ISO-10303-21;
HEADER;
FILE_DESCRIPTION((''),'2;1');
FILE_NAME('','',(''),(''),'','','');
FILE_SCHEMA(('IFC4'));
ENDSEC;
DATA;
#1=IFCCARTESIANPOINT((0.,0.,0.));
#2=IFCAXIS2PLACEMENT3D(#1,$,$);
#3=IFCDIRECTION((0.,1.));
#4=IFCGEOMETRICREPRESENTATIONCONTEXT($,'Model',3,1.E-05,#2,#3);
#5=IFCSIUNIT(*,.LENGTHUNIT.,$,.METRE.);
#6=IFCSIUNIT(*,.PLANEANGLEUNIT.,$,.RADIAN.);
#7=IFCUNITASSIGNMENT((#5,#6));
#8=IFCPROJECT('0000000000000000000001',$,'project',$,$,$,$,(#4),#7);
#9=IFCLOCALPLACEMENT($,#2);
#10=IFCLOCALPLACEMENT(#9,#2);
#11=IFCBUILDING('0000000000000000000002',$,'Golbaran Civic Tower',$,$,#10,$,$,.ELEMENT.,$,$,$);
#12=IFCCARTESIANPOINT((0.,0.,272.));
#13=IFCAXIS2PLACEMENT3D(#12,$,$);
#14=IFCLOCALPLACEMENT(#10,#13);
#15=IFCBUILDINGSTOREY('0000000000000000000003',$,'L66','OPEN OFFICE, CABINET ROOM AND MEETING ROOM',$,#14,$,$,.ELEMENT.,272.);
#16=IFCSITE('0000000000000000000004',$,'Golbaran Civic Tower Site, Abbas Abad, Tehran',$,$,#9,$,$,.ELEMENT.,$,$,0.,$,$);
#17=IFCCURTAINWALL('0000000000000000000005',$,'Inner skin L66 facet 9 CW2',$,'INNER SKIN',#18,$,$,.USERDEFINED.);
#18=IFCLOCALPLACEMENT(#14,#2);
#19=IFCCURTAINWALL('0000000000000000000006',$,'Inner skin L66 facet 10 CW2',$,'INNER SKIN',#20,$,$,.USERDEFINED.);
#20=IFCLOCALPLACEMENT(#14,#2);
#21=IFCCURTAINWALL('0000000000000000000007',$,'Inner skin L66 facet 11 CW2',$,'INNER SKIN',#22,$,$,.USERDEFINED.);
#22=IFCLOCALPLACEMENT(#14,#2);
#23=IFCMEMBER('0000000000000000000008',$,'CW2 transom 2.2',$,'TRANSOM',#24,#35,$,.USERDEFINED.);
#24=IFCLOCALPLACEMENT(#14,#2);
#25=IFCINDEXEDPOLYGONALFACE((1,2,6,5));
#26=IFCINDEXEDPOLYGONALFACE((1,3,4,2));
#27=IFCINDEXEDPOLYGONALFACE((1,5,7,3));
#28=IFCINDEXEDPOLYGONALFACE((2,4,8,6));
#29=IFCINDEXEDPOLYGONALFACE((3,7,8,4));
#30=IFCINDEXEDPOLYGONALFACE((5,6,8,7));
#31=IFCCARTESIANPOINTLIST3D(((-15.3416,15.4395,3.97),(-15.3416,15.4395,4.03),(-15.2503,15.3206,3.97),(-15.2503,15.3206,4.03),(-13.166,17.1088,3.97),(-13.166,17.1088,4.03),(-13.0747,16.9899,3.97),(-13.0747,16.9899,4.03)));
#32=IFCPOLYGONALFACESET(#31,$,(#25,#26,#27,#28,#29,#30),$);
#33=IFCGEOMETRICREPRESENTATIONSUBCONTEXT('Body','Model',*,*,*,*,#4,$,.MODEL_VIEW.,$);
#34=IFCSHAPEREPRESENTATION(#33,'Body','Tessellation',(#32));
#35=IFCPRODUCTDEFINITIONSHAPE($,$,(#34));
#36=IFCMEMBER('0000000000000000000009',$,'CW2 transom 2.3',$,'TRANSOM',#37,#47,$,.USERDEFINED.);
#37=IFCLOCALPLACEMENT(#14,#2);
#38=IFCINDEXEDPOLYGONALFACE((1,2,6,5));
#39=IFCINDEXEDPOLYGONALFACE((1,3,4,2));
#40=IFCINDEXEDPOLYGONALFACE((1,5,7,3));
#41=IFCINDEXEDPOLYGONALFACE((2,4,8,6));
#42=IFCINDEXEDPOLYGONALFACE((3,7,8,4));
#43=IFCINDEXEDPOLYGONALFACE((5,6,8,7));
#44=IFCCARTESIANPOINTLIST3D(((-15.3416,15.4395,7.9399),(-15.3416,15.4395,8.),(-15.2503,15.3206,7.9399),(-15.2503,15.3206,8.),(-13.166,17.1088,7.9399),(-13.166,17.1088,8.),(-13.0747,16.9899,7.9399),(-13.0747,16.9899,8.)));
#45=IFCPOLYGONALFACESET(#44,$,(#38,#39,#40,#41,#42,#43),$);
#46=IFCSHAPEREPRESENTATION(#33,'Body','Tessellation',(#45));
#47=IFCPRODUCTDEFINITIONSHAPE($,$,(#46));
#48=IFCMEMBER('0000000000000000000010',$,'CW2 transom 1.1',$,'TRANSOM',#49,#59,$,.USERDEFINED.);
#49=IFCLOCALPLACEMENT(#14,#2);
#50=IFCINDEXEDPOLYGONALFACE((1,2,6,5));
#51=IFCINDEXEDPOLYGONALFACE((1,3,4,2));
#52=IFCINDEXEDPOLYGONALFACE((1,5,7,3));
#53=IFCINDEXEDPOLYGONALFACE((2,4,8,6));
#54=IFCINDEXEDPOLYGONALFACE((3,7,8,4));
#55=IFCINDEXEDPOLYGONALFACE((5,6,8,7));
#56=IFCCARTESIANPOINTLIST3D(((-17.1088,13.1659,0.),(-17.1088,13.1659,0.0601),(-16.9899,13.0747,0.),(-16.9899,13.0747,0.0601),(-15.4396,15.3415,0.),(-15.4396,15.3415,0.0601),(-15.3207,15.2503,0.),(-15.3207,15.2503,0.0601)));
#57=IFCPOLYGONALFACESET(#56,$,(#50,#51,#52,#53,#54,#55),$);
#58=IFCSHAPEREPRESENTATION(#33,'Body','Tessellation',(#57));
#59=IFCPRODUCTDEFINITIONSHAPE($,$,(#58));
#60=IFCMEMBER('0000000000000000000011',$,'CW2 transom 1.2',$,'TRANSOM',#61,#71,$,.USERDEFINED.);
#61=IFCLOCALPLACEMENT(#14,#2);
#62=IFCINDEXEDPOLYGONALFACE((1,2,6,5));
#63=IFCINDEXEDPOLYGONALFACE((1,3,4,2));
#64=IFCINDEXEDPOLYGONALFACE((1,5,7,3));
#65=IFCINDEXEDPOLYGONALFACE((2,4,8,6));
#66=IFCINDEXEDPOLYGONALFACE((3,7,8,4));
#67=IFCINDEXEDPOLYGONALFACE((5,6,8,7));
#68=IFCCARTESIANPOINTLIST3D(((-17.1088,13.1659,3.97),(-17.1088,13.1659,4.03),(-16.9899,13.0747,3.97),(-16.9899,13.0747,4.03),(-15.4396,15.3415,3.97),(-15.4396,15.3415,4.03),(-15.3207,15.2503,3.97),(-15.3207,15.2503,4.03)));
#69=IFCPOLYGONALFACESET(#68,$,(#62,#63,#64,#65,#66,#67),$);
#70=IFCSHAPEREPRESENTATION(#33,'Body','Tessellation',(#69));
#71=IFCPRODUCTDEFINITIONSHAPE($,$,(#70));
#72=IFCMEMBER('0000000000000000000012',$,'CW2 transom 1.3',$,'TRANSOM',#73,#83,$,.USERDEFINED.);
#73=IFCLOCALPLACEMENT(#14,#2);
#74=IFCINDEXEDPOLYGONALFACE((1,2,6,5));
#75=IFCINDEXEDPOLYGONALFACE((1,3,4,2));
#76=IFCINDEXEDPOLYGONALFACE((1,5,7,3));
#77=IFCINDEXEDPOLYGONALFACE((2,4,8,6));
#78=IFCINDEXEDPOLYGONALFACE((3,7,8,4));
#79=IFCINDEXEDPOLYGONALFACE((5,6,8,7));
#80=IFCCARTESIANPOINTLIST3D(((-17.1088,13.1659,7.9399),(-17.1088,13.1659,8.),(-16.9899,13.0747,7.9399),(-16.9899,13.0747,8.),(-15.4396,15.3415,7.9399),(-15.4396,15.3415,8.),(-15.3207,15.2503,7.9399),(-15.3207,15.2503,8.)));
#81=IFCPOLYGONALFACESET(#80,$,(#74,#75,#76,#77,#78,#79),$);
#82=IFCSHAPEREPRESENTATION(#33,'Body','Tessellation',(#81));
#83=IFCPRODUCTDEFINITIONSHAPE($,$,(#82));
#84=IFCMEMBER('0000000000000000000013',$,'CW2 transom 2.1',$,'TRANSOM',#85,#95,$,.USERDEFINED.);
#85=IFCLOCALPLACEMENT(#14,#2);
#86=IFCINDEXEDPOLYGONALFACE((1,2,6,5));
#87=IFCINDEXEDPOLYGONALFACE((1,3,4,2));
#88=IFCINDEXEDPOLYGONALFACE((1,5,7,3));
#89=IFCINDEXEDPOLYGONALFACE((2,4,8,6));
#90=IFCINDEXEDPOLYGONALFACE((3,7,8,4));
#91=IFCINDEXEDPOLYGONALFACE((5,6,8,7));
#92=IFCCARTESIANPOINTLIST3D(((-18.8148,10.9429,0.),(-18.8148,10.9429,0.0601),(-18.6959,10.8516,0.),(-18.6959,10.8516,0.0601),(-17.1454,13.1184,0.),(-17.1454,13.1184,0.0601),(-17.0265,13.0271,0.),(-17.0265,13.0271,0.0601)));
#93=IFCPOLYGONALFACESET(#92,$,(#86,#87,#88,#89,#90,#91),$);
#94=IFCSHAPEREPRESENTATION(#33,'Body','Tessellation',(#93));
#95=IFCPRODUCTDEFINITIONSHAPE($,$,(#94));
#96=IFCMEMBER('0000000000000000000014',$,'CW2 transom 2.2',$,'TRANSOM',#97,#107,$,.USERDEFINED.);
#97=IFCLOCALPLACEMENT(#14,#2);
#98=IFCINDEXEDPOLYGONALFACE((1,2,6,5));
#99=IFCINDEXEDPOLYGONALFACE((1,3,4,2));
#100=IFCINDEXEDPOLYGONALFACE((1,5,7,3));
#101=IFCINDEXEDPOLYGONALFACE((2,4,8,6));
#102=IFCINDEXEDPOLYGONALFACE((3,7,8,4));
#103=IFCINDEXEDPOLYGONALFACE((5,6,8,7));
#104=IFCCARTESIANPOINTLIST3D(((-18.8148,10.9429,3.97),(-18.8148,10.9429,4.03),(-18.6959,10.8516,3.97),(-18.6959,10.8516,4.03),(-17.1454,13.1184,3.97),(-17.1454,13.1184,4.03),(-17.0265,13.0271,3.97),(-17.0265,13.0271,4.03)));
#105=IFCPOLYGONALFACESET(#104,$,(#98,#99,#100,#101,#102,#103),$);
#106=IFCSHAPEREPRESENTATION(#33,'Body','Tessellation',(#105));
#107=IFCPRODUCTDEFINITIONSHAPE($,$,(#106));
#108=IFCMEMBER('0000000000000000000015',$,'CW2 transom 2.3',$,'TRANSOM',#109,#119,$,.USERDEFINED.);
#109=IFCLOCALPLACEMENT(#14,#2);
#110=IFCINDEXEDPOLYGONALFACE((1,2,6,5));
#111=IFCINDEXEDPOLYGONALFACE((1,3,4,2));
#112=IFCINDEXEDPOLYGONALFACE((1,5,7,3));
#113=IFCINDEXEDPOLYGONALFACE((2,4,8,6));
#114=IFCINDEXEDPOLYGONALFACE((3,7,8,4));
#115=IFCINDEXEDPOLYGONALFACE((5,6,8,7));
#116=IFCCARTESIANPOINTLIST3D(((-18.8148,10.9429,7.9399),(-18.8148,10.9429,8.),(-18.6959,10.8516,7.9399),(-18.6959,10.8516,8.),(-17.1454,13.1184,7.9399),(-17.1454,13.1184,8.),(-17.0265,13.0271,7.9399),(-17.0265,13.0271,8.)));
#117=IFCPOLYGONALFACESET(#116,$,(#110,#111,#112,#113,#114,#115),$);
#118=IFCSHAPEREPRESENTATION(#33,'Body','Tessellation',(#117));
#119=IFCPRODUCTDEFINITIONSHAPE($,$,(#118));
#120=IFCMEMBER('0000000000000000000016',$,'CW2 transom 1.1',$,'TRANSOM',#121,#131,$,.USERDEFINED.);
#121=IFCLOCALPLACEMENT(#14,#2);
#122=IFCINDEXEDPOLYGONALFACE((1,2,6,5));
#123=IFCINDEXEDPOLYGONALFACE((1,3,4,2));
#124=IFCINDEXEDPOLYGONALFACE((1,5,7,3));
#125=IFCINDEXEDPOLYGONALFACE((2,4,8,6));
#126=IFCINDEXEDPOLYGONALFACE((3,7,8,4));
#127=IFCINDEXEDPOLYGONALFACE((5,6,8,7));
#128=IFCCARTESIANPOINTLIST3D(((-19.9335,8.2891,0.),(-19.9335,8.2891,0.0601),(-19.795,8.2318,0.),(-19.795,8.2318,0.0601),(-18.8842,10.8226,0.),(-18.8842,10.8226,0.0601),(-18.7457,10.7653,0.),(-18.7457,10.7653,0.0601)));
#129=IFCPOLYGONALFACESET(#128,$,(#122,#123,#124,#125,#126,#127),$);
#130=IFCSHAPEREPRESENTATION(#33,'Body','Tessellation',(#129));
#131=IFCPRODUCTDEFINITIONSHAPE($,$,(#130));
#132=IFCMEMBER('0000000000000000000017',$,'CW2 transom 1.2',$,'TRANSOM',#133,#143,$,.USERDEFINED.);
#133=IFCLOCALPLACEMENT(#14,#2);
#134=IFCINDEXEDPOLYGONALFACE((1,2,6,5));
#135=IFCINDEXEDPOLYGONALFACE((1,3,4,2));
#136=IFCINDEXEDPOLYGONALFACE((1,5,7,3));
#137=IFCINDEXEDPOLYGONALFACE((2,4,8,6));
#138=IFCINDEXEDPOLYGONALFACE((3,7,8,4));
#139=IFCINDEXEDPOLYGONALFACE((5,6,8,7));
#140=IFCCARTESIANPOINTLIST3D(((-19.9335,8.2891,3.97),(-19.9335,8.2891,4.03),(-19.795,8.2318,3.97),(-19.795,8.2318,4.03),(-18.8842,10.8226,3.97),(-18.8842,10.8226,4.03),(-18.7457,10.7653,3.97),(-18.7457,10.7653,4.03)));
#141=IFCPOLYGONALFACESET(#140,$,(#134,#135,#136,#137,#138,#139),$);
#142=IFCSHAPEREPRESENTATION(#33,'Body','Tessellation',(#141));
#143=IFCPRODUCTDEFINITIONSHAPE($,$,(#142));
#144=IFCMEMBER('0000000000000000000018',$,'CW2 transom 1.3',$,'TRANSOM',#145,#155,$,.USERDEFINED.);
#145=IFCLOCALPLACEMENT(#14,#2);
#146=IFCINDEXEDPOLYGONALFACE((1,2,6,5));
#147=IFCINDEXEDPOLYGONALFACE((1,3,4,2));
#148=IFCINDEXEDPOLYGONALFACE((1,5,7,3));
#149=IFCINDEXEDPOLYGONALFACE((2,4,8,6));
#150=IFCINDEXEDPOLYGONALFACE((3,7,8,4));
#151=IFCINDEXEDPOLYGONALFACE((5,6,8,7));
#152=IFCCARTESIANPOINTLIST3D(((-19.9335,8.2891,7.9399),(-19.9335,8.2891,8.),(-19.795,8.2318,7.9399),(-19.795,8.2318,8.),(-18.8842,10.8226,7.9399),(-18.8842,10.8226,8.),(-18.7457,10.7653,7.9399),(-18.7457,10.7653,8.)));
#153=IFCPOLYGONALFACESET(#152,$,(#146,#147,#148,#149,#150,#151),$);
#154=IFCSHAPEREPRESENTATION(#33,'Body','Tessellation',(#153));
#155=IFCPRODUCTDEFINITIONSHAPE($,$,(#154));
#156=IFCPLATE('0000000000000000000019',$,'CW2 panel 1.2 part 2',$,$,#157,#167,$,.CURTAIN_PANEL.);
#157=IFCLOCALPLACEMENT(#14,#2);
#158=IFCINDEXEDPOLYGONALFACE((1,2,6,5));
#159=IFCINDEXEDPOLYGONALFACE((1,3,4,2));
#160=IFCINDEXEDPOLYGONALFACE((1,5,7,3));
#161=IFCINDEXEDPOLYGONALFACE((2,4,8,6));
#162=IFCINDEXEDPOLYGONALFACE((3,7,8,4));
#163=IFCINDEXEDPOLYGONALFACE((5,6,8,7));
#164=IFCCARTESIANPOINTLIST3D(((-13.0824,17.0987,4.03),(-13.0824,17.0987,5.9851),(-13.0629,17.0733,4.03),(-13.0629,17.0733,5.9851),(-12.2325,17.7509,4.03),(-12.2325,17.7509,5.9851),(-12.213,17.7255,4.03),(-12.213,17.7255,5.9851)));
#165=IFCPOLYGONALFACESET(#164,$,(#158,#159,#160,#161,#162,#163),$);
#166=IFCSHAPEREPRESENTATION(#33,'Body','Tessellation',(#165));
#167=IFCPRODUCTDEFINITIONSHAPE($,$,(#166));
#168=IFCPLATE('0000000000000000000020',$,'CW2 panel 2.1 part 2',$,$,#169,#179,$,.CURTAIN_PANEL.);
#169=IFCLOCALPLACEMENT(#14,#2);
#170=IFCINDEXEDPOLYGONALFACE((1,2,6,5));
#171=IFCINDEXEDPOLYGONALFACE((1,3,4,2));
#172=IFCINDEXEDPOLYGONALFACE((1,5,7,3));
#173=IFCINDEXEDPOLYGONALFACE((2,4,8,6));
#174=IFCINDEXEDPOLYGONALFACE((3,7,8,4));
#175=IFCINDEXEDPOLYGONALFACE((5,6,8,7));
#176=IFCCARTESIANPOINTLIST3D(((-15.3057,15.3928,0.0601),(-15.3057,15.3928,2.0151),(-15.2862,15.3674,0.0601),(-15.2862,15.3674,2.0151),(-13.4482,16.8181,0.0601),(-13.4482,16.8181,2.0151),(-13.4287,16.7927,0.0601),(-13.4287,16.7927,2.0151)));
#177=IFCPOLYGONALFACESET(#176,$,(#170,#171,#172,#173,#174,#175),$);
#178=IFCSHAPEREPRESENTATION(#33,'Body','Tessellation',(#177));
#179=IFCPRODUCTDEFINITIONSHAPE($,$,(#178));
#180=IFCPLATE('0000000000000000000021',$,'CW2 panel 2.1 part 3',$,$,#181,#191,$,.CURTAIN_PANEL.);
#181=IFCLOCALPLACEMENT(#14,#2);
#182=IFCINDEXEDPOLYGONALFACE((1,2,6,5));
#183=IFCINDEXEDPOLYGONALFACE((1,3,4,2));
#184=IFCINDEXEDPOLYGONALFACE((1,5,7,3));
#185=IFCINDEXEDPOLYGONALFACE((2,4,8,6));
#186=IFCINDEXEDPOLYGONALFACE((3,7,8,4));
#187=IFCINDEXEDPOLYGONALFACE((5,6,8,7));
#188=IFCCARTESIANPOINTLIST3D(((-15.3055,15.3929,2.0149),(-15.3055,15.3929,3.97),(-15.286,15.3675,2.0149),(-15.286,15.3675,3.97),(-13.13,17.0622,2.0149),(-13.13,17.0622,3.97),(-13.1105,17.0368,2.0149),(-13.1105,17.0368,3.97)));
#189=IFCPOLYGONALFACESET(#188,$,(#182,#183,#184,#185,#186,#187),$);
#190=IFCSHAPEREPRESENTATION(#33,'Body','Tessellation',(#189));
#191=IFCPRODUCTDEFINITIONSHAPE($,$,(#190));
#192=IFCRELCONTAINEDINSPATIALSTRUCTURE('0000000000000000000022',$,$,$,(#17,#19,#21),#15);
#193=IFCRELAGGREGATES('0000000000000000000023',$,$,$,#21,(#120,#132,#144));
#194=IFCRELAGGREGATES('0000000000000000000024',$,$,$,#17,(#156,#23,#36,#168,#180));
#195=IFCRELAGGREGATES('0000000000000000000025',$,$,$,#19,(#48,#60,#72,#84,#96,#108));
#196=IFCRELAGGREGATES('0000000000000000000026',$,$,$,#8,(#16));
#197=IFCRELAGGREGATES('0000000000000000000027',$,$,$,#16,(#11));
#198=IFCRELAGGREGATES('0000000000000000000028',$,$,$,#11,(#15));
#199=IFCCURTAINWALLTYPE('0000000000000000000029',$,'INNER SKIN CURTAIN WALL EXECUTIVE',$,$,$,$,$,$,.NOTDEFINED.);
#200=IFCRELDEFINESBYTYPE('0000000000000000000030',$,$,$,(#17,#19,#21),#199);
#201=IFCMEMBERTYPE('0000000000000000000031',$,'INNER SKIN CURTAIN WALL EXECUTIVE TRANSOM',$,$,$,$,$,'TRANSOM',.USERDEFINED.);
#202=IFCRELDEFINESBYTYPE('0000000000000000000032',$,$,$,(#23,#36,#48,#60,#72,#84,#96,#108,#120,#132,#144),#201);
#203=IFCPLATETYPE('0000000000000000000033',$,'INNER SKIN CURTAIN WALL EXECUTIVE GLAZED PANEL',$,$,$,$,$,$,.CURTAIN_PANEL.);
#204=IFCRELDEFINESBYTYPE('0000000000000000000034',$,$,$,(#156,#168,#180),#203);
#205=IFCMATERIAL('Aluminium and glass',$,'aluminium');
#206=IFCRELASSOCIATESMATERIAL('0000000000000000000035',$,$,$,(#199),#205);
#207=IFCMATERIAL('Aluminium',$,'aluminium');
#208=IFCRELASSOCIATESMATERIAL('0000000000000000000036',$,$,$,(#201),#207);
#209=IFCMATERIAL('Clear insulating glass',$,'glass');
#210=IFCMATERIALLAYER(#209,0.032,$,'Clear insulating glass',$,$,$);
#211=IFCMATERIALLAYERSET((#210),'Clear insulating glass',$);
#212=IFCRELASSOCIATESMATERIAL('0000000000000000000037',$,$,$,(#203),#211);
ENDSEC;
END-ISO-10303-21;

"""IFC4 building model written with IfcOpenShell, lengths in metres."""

from ifc_helpers import new_model, si_unit, direction, frame, origin, origin_2d, place, context, subcontext, project, spatial, rectangle, extrude, material, layer, layer_set, material_profile, profile_set, type_object, element, aggregate, save


model = new_model("IFC4")

# Units and contexts
model_context = context("Model", 3, precision=1e-05, world=origin(), true_north=direction((0.0, 1.0)))
body_context = subcontext(model_context, "Body", "Model", "MODEL_VIEW")
ifc_project = project(units=[si_unit("LENGTHUNIT", "METRE"), si_unit("PLANEANGLEUNIT", "RADIAN")], contexts=[model_context])

# Site, building, storey
site_placement = place(None, origin())
site = spatial("IfcSite", under=ifc_project, at=site_placement, Name="Golbaran Civic Tower Site, Abbas Abad, Tehran", CompositionType="ELEMENT", RefElevation=0.0)
building_placement = place(site_placement, origin())
building = spatial("IfcBuilding", under=site, at=building_placement, Name="Golbaran Civic Tower", CompositionType="ELEMENT")
storey_placement = place(building_placement, frame((0.0, 0.0, 272.0)))
storey = spatial("IfcBuildingStorey", under=building, at=storey_placement, Name="L66", Description="OPEN OFFICE, CABINET ROOM AND MEETING ROOM", CompositionType="ELEMENT", Elevation=272.0)

# Curtain walls
ifc_material_1 = material(Name="Aluminium and glass", Category="aluminium")
curtain_wall_type = type_object("IfcCurtainWallType", Name="INNER SKIN CURTAIN WALL EXECUTIVE", PredefinedType="NOTDEFINED", material=ifc_material_1)
curtain_wall_1_placement = place(storey_placement, origin())
curtain_wall_1 = element("IfcCurtainWall", 1, at=curtain_wall_1_placement, inside=storey, type_object=curtain_wall_type, Name="Inner skin L66 facet 9 CW2", ObjectType="INNER SKIN", PredefinedType="USERDEFINED")
ifc_material_2 = material(Name="Aluminium", Category="aluminium")
curtain_wall_2_placement = place(storey_placement, origin())
curtain_wall_2 = element("IfcCurtainWall", 2, at=curtain_wall_2_placement, inside=storey, type_object=curtain_wall_type, Name="Inner skin L66 facet 10 CW2", ObjectType="INNER SKIN", PredefinedType="USERDEFINED")

# Curtain wall
curtain_wall_3_placement = place(storey_placement, origin())
curtain_wall_3 = element("IfcCurtainWall", 3, at=curtain_wall_3_placement, inside=storey, type_object=curtain_wall_type, Name="Inner skin L66 facet 11 CW2", ObjectType="INNER SKIN", PredefinedType="USERDEFINED")

# Members
ifc_material_profile_1 = material_profile(ifc_material_2, rectangle(XDim=0.1499, YDim=0.0601, at=origin_2d()), Name="INNER SKIN CURTAIN WALL EXECUTIVE TRANSOM")
ifc_profile_set_1 = profile_set([ifc_material_profile_1], Name="Aluminium")
member_type_1 = type_object("IfcMemberType", Name="INNER SKIN CURTAIN WALL EXECUTIVE TRANSOM", ElementType="TRANSOM", PredefinedType="USERDEFINED", material=ifc_profile_set_1)
member_1_placement = place(storey_placement, frame((-13.1204, 17.0493, 4.0), z_axis=(-0.793381, -0.608725, 0.0), x_axis=(0.608725, -0.793381, 0.0)))
member_1 = element("IfcMember", 4, at=member_1_placement, type_object=member_type_1, Name="CW2 transom 2.2", ObjectType="TRANSOM", PredefinedType="USERDEFINED", context=body_context, shape_type="SweptSolid", body=[
    extrude(rectangle(XDim=0.1499, YDim=0.0601, at=origin_2d()), origin(), (0.0, 0.0, 1.0), 2.7422),
])
member_2_placement = place(storey_placement, frame((-13.1204, 17.0493, 7.97), z_axis=(-0.793381, -0.608725, 0.0), x_axis=(0.608725, -0.793381, 0.0)))
member_2 = element("IfcMember", 5, at=member_2_placement, type_object=member_type_1, Name="CW2 transom 2.3", ObjectType="TRANSOM", PredefinedType="USERDEFINED", context=body_context, shape_type="SweptSolid", body=[
    extrude(rectangle(XDim=0.1499, YDim=0.0601, at=origin_2d()), origin(), (0.0, 0.0, 1.0), 2.7422),
])
member_3_placement = place(storey_placement, frame((-15.3801, 15.2959, 0.03), z_axis=(-0.608725, -0.793381, 0.0), x_axis=(0.793381, -0.608725, 0.0)))
member_3 = element("IfcMember", 6, at=member_3_placement, type_object=member_type_1, Name="CW2 transom 1.1", ObjectType="TRANSOM", PredefinedType="USERDEFINED", context=body_context, shape_type="SweptSolid", body=[
    extrude(rectangle(XDim=0.1499, YDim=0.0601, at=origin_2d()), origin(), (0.0, 0.0, 1.0), 2.7422),
])
member_4_placement = place(storey_placement, frame((-15.3801, 15.2959, 4.0), z_axis=(-0.608725, -0.793381, 0.0), x_axis=(0.793381, -0.608725, 0.0)))
member_4 = element("IfcMember", 7, at=member_4_placement, type_object=member_type_1, Name="CW2 transom 1.2", ObjectType="TRANSOM", PredefinedType="USERDEFINED", context=body_context, shape_type="SweptSolid", body=[
    extrude(rectangle(XDim=0.1499, YDim=0.0601, at=origin_2d()), origin(), (0.0, 0.0, 1.0), 2.7422),
])
member_5_placement = place(storey_placement, frame((-15.3801, 15.2959, 7.97), z_axis=(-0.608725, -0.793381, 0.0), x_axis=(0.793381, -0.608725, 0.0)))
member_5 = element("IfcMember", 8, at=member_5_placement, type_object=member_type_1, Name="CW2 transom 1.3", ObjectType="TRANSOM", PredefinedType="USERDEFINED", context=body_context, shape_type="SweptSolid", body=[
    extrude(rectangle(XDim=0.1499, YDim=0.0601, at=origin_2d()), origin(), (0.0, 0.0, 1.0), 2.7422),
])
member_6_placement = place(storey_placement, frame((-17.0859, 13.0728, 0.03), z_axis=(-0.608781, -0.793338, 0.0), x_axis=(0.793338, -0.608781, 0.0)))
member_6 = element("IfcMember", 9, at=member_6_placement, type_object=member_type_1, Name="CW2 transom 2.1", ObjectType="TRANSOM", PredefinedType="USERDEFINED", context=body_context, shape_type="SweptSolid", body=[
    extrude(rectangle(XDim=0.1499, YDim=0.0601, at=origin_2d()), origin(), (0.0, 0.0, 1.0), 2.7422),
])
member_7_placement = place(storey_placement, frame((-17.0859, 13.0728, 4.0), z_axis=(-0.608781, -0.793338, 0.0), x_axis=(0.793338, -0.608781, 0.0)))
member_7 = element("IfcMember", 10, at=member_7_placement, type_object=member_type_1, Name="CW2 transom 2.2", ObjectType="TRANSOM", PredefinedType="USERDEFINED", context=body_context, shape_type="SweptSolid", body=[
    extrude(rectangle(XDim=0.1499, YDim=0.0601, at=origin_2d()), origin(), (0.0, 0.0, 1.0), 2.7422),
])
member_8_placement = place(storey_placement, frame((-17.0859, 13.0728, 7.97), z_axis=(-0.608781, -0.793338, 0.0), x_axis=(0.793338, -0.608781, 0.0)))
member_8 = element("IfcMember", 11, at=member_8_placement, type_object=member_type_1, Name="CW2 transom 2.3", ObjectType="TRANSOM", PredefinedType="USERDEFINED", context=body_context, shape_type="SweptSolid", body=[
    extrude(rectangle(XDim=0.1499, YDim=0.0601, at=origin_2d()), origin(), (0.0, 0.0, 1.0), 2.7422),
])
member_9_placement = place(storey_placement, frame((-18.8149, 10.7939, 0.03), z_axis=(-0.382661, -0.923889, 0.0), x_axis=(0.923889, -0.382661, 0.0)))
member_9 = element("IfcMember", 12, at=member_9_placement, type_object=member_type_1, Name="CW2 transom 1.1", ObjectType="TRANSOM", PredefinedType="USERDEFINED", context=body_context, shape_type="SweptSolid", body=[
    extrude(rectangle(XDim=0.1499, YDim=0.0601, at=origin_2d()), origin(), (0.0, 0.0, 1.0), 2.7422),
])
member_10_placement = place(storey_placement, frame((-18.8149, 10.7939, 4.0), z_axis=(-0.382661, -0.923889, 0.0), x_axis=(0.923889, -0.382661, 0.0)))
member_10 = element("IfcMember", 13, at=member_10_placement, type_object=member_type_1, Name="CW2 transom 1.2", ObjectType="TRANSOM", PredefinedType="USERDEFINED", context=body_context, shape_type="SweptSolid", body=[
    extrude(rectangle(XDim=0.1499, YDim=0.0601, at=origin_2d()), origin(), (0.0, 0.0, 1.0), 2.7422),
])
member_11_placement = place(storey_placement, frame((-18.8149, 10.7939, 7.97), z_axis=(-0.382661, -0.923889, 0.0), x_axis=(0.923889, -0.382661, 0.0)))
member_11 = element("IfcMember", 14, at=member_11_placement, type_object=member_type_1, Name="CW2 transom 1.3", ObjectType="TRANSOM", PredefinedType="USERDEFINED", context=body_context, shape_type="SweptSolid", body=[
    extrude(rectangle(XDim=0.1499, YDim=0.0601, at=origin_2d()), origin(), (0.0, 0.0, 1.0), 2.7422),
])

# Plates
ifc_material_3 = material(Name="Clear insulating glass", Category="glass")
ifc_layer_1 = layer(ifc_material_3, 0.032, Name="Clear insulating glass")
ifc_layer_set_1 = layer_set([ifc_layer_1], Name="Clear insulating glass")
plate_type_1 = type_object("IfcPlateType", Name="INNER SKIN CURTAIN WALL EXECUTIVE GLAZED PANEL", PredefinedType="CURTAIN_PANEL", material=ifc_layer_set_1)
plate_1_placement = place(storey_placement, frame((-12.6477, 17.4121, 4.03), z_axis=(0.0, 0.0, 1.0), x_axis=(-0.793353, -0.608761, 0.0)))
plate_1 = element("IfcPlate", 15, at=plate_1_placement, type_object=plate_type_1, Name="CW2 panel 1.2 part 2", PredefinedType="CURTAIN_PANEL", context=body_context, shape_type="SweptSolid", body=[
    extrude(rectangle(XDim=1.0713, YDim=0.032, at=origin_2d()), origin(), (0.0, 0.0, 1.0), 1.9551),
])
plate_2_placement = place(storey_placement, frame((-14.3672, 16.0928, 0.0601), z_axis=(0.0, 0.0, 1.0), x_axis=(-0.793353, -0.608761, 0.0)))
plate_2 = element("IfcPlate", 16, at=plate_2_placement, type_object=plate_type_1, Name="CW2 panel 2.1 part 2", PredefinedType="CURTAIN_PANEL", context=body_context, shape_type="SweptSolid", body=[
    extrude(rectangle(XDim=2.3413, YDim=0.032, at=origin_2d()), origin(), (0.0, 0.0, 1.0), 1.9551),
])
plate_3_placement = place(storey_placement, frame((-14.208, 16.2148, 2.0149), z_axis=(0.0, 0.0, 1.0), x_axis=(-0.793353, -0.608761, 0.0)))
plate_3 = element("IfcPlate", 17, at=plate_3_placement, type_object=plate_type_1, Name="CW2 panel 2.1 part 3", PredefinedType="CURTAIN_PANEL", context=body_context, shape_type="SweptSolid", body=[
    extrude(rectangle(XDim=2.7422, YDim=0.032, at=origin_2d()), origin(), (0.0, 0.0, 1.0), 1.9551),
])
aggregate(curtain_wall_3, [member_9, member_10, member_11])
aggregate(curtain_wall_1, [plate_1, member_1, member_2, plate_2, plate_3])
aggregate(curtain_wall_2, [member_3, member_4, member_5, member_6, member_7, member_8])

save(model, "model.ifc")
